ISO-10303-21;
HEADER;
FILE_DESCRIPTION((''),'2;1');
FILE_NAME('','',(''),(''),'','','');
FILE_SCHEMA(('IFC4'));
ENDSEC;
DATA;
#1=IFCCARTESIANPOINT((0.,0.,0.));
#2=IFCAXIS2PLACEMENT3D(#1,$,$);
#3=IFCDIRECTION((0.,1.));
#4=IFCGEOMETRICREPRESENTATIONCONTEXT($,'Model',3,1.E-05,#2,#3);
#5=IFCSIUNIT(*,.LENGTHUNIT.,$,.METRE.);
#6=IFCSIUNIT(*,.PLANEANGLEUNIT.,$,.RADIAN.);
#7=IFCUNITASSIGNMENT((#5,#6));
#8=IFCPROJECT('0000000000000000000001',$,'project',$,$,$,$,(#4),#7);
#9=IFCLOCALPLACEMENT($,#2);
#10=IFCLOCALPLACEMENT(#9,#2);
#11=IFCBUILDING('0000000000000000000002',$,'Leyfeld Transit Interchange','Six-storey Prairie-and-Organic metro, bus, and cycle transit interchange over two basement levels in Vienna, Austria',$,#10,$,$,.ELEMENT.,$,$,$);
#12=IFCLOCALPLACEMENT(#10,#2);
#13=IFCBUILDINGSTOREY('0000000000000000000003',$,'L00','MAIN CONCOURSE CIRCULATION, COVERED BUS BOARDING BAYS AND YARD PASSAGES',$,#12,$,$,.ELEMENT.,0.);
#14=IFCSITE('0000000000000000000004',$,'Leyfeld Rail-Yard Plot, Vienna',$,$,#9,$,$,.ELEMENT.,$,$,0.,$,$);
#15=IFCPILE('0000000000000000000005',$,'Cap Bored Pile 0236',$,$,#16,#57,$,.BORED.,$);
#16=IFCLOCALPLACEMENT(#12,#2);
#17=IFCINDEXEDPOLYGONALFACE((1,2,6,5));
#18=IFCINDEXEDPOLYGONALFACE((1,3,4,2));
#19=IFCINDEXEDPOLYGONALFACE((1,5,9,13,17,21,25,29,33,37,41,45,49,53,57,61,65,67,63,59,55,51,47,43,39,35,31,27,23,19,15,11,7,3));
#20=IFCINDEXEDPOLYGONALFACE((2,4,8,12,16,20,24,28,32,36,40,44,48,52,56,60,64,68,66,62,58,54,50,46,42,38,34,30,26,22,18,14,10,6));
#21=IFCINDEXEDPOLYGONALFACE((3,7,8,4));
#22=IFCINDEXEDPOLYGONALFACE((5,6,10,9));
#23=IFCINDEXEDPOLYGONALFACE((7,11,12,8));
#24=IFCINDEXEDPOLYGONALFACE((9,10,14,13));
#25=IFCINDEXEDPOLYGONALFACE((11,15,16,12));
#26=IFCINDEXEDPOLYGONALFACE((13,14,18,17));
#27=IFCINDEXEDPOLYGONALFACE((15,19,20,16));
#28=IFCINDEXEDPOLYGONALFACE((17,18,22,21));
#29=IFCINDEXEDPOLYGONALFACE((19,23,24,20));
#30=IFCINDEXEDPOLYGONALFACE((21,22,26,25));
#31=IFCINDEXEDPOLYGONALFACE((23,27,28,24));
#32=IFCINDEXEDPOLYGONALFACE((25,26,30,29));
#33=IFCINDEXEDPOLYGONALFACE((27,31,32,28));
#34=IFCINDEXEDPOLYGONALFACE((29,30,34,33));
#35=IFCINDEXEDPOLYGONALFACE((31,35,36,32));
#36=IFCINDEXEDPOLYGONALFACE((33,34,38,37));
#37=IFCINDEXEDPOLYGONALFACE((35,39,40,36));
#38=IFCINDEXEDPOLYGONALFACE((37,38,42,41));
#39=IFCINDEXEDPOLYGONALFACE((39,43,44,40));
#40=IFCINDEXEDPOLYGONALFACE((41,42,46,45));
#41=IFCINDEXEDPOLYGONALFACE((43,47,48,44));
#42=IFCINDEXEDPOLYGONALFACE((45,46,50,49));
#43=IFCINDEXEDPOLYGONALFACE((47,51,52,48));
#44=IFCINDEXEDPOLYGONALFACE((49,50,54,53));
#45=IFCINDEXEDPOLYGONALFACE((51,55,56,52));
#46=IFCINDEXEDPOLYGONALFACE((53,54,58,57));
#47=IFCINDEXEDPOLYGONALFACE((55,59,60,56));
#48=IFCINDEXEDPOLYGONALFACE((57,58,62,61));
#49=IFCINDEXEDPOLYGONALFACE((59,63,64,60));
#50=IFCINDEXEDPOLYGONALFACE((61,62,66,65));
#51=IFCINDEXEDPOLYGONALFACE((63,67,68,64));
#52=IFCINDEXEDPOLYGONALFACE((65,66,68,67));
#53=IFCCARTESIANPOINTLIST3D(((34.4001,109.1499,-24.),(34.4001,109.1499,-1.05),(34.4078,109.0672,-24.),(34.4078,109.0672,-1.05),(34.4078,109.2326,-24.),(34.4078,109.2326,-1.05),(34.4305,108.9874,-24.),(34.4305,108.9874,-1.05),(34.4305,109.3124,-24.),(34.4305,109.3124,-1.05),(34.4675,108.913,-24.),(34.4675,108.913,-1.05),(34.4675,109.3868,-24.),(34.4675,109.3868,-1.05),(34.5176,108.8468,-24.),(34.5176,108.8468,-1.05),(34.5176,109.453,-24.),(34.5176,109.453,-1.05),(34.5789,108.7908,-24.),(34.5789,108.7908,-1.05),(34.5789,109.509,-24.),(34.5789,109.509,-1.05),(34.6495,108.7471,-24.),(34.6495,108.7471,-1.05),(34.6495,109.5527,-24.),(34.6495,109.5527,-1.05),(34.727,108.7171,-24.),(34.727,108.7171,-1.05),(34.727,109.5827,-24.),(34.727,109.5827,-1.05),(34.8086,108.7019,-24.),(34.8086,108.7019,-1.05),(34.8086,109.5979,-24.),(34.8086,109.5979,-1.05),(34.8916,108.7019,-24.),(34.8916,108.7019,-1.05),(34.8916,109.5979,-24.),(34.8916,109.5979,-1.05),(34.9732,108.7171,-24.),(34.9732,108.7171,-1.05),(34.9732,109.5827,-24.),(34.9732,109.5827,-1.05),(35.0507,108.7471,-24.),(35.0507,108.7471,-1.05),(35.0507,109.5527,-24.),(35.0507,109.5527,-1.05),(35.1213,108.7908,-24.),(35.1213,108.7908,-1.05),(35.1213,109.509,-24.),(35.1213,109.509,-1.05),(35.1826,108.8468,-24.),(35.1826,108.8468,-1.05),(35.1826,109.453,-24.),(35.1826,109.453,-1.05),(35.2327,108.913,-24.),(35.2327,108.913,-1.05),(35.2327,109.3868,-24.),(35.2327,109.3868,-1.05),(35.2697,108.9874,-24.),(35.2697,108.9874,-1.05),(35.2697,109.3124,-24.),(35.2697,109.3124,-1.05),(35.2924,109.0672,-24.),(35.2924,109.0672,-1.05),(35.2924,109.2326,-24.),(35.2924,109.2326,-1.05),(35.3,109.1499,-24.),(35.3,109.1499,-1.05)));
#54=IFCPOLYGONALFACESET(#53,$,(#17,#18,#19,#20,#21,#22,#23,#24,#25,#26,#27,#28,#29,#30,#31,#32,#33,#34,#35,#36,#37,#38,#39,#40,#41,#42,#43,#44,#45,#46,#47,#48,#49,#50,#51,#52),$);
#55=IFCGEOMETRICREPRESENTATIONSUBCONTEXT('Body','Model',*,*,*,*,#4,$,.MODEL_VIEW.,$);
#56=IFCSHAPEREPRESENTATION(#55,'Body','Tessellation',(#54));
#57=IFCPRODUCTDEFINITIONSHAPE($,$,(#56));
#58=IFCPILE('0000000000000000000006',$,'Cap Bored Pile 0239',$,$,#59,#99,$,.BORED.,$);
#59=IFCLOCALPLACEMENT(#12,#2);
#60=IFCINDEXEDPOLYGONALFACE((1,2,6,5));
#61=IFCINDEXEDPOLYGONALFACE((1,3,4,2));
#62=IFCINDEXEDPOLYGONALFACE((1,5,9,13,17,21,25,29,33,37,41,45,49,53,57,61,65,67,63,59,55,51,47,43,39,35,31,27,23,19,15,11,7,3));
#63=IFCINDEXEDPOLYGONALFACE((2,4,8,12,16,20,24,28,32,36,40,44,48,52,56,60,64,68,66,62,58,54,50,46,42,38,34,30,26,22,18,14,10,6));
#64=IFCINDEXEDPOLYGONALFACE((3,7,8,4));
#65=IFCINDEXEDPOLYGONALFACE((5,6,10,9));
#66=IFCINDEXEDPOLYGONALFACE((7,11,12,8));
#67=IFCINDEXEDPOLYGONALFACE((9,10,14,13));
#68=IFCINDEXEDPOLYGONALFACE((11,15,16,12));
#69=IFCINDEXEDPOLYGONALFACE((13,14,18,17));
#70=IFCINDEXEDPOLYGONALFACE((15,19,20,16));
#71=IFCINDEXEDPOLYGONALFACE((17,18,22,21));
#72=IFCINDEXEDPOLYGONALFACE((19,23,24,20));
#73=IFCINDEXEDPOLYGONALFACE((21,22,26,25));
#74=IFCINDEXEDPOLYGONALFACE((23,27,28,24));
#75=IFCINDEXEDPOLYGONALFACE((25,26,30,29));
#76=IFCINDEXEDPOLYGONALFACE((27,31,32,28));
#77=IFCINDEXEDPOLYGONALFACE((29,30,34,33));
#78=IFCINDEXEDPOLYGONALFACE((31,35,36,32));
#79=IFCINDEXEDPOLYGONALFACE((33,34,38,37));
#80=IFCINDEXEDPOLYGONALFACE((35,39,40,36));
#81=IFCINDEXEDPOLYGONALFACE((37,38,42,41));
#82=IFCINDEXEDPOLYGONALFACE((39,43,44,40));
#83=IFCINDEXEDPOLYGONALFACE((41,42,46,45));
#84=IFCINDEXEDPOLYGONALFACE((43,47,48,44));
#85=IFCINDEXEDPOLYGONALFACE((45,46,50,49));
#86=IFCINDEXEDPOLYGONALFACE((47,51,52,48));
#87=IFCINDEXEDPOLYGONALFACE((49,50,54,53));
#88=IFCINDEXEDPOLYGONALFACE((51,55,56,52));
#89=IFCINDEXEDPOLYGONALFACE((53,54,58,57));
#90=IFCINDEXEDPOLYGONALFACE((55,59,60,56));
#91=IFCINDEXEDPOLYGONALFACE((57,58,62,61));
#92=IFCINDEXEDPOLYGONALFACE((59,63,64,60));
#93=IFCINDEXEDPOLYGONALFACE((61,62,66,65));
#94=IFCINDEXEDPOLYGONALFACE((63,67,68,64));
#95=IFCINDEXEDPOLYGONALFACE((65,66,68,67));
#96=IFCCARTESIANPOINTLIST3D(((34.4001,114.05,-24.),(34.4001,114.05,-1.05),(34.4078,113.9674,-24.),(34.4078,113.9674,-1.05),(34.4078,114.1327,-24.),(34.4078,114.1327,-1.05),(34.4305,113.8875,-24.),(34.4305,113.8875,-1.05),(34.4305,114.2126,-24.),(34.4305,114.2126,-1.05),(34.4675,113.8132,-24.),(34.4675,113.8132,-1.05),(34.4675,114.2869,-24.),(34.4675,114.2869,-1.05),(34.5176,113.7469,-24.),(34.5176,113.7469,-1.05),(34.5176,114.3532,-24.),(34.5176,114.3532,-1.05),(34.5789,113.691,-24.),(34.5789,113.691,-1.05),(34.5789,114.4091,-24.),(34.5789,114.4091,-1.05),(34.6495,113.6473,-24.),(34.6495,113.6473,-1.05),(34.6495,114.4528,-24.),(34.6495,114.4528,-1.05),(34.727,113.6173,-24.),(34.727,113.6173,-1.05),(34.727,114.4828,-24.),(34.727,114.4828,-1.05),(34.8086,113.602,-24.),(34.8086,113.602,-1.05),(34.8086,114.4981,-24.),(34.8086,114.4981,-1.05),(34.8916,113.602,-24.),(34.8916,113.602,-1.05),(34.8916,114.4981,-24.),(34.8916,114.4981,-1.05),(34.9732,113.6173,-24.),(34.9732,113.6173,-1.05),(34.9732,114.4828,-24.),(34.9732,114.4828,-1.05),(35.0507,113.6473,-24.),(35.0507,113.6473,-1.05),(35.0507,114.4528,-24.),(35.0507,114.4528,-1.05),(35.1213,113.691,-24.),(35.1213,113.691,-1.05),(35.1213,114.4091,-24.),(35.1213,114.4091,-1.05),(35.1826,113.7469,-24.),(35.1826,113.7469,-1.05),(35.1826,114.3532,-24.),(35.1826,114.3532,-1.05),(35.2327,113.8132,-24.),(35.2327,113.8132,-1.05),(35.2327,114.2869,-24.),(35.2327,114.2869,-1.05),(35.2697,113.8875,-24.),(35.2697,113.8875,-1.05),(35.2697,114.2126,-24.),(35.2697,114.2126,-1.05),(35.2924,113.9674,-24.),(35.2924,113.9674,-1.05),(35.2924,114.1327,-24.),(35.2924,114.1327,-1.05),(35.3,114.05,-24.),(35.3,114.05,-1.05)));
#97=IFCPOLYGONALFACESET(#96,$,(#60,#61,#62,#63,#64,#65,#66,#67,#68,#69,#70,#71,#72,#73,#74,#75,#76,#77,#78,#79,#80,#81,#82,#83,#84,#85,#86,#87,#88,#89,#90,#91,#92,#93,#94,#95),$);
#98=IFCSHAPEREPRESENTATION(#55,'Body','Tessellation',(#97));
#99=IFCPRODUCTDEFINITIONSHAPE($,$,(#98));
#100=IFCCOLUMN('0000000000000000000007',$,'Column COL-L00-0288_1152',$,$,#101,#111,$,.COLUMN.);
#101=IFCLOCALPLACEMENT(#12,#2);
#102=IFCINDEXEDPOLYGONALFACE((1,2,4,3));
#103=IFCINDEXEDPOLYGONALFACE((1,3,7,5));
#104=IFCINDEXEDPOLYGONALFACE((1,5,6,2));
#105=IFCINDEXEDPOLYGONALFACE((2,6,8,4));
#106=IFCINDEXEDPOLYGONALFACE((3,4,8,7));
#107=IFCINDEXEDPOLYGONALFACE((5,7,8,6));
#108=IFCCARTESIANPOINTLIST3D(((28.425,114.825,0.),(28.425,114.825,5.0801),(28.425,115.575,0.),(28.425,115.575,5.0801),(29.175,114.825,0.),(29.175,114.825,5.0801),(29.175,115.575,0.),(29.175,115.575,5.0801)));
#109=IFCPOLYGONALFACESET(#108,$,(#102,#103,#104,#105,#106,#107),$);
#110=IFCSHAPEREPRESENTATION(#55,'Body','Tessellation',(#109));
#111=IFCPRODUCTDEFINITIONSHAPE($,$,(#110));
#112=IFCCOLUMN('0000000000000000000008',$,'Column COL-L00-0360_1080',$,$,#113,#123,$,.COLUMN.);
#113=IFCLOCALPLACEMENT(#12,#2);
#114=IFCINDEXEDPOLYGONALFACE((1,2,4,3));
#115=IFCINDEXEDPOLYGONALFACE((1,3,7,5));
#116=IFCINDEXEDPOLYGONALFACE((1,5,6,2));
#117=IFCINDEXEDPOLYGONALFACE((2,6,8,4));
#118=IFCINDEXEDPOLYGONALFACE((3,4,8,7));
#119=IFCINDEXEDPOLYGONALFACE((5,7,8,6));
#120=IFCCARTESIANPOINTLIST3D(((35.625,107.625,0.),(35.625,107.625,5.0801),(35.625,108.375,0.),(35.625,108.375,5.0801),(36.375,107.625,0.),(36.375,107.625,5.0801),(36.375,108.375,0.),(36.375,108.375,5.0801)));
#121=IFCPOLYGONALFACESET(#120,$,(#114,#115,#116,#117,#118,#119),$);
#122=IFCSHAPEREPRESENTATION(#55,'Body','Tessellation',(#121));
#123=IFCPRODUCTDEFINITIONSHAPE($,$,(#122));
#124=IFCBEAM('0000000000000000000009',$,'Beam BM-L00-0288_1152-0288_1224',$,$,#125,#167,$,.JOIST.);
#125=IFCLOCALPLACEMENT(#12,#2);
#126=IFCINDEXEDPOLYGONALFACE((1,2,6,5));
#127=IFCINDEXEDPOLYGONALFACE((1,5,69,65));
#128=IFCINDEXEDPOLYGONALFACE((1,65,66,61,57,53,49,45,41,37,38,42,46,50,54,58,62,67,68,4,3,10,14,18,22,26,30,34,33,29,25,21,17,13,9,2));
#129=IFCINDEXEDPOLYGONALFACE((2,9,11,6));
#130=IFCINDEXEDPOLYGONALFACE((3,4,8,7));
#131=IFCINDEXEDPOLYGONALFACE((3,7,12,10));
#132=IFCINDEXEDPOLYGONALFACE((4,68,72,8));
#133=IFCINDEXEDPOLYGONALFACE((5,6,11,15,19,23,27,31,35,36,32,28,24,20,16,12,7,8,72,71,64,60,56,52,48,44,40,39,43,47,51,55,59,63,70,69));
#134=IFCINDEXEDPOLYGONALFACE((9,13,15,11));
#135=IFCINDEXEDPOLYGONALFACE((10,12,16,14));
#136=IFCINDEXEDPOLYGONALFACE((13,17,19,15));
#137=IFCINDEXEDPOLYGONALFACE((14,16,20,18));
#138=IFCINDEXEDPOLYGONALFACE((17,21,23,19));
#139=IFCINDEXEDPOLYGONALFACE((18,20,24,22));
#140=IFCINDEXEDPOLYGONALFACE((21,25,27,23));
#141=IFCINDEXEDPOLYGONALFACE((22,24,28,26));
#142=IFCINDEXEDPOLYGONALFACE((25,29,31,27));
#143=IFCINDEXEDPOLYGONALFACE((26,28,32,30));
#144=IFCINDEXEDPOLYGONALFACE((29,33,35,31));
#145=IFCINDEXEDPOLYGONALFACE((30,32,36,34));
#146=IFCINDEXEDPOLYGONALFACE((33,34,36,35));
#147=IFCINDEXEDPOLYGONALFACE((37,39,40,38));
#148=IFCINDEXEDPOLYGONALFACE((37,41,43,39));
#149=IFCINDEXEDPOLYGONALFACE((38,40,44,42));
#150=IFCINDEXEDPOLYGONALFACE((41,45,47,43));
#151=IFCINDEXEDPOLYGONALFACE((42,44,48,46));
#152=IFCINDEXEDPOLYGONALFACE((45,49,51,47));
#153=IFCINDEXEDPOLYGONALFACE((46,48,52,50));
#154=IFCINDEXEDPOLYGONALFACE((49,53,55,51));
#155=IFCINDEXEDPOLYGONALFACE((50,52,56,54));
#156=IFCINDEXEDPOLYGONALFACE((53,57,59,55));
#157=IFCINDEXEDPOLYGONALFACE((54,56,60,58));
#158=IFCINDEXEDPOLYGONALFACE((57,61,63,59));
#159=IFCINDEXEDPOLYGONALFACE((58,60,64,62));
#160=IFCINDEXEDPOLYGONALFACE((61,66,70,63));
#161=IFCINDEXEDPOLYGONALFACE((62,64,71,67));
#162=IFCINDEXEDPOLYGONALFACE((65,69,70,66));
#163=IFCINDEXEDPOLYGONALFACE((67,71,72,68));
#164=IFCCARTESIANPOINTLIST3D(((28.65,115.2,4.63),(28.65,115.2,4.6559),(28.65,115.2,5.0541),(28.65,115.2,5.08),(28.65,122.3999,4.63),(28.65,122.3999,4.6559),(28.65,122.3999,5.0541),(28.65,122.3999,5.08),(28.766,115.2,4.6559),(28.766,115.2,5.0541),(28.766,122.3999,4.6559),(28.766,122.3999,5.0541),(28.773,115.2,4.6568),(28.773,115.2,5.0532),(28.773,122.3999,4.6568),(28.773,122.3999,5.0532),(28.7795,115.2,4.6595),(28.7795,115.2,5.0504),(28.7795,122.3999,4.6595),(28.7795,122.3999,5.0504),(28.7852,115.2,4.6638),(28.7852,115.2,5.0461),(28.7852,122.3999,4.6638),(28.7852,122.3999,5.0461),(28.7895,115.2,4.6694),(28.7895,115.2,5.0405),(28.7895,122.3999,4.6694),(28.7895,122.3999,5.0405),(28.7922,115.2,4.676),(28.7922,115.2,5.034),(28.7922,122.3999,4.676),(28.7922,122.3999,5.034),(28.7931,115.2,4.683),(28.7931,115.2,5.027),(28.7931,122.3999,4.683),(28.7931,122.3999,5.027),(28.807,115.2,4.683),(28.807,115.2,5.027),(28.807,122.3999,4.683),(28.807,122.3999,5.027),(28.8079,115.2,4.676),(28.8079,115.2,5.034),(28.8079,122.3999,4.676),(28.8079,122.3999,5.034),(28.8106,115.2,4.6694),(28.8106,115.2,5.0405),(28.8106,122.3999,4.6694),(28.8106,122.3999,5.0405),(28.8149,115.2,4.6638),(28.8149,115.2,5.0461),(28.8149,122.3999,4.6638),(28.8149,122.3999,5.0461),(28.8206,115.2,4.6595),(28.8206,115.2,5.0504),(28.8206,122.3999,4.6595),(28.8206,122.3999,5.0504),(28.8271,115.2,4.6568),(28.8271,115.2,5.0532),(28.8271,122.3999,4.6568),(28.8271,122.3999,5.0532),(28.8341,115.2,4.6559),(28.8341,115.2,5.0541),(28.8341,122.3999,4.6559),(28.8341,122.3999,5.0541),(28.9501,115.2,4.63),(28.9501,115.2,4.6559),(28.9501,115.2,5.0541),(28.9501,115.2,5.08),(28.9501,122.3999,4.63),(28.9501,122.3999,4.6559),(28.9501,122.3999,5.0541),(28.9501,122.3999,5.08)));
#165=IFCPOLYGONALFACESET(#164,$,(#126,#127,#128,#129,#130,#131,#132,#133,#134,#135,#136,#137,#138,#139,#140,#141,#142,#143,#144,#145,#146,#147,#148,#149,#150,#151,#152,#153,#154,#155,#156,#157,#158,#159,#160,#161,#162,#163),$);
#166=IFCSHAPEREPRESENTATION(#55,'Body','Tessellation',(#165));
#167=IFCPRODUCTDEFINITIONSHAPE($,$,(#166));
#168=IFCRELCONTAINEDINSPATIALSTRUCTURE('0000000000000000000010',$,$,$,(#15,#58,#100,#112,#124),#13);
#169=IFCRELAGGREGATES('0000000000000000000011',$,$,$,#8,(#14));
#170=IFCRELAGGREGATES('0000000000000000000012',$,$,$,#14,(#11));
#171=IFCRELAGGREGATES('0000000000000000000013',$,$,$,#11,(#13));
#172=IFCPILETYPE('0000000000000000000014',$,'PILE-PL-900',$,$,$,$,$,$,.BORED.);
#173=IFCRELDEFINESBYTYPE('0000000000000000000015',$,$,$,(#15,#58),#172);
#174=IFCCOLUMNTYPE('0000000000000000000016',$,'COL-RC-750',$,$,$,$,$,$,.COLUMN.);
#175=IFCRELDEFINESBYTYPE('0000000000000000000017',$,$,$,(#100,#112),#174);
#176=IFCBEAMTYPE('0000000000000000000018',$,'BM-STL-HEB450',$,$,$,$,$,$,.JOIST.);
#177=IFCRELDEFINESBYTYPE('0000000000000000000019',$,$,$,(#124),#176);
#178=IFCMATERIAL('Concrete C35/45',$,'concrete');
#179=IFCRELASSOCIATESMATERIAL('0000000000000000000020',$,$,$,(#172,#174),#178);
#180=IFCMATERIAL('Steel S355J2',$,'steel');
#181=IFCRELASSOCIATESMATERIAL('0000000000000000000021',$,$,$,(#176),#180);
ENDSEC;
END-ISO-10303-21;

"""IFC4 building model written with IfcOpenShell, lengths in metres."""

from ifc_helpers import new_model, si_unit, direction, frame, origin, origin_2d, place, context, subcontext, project, spatial, rectangle, circle, i_section, extrude, material, material_profile, profile_set, type_object, element, save


model = new_model("IFC4")

# Units and contexts
model_context = context("Model", 3, precision=1e-05, world=origin(), true_north=direction((0.0, 1.0)))
body_context = subcontext(model_context, "Body", "Model", "MODEL_VIEW")
ifc_project = project(units=[si_unit("LENGTHUNIT", "METRE"), si_unit("PLANEANGLEUNIT", "RADIAN")], contexts=[model_context])

# Site, building, storey
site_placement = place(None, origin())
site = spatial("IfcSite", under=ifc_project, at=site_placement, Name="Leyfeld Rail-Yard Plot, Vienna", CompositionType="ELEMENT", RefElevation=0.0)
building_placement = place(site_placement, origin())
building = spatial("IfcBuilding", under=site, at=building_placement, Name="Leyfeld Transit Interchange", Description="Six-storey Prairie-and-Organic metro, bus, and cycle transit interchange over two basement levels in Vienna, Austria", CompositionType="ELEMENT")
storey_placement = place(building_placement, origin())
storey = spatial("IfcBuildingStorey", under=building, at=storey_placement, Name="L00", Description="MAIN CONCOURSE CIRCULATION, COVERED BUS BOARDING BAYS AND YARD PASSAGES", CompositionType="ELEMENT", Elevation=0.0)

# Shared definitions
ifc_material_1 = material(Name="Concrete C35/45", Category="concrete")

# Piles
ifc_material_profile_1 = material_profile(ifc_material_1, circle(Radius=0.45, at=origin_2d()), Name="PILE D900")
ifc_profile_set_1 = profile_set([ifc_material_profile_1], Name="Concrete C35/45")
pile_type = type_object("IfcPileType", Name="PILE-PL-900", PredefinedType="BORED", material=ifc_profile_set_1)
for number, where, z_axis, x_axis, name in (
    (1, (34.8501, 109.1499, -1.05), (0.0, 0.0, -1.0), (1.0, 0.0, 0.0), "Cap Bored Pile 0236"),
    (2, (34.8501, 114.05, -1.05), (0.0, 0.0, -1.0), (1.0, 0.0, 0.0), "Cap Bored Pile 0239"),
):
    element("IfcPile", number, at=place(storey_placement, frame(where, z_axis=z_axis, x_axis=x_axis)), inside=storey, type_object=pile_type, Name=name, PredefinedType="BORED", context=body_context, shape_type="SweptSolid", body=[
        extrude(circle(Radius=0.45, at=origin_2d()), origin(), (0.0, 0.0, 1.0), 22.95),
    ])

# Columns
ifc_material_profile_2 = material_profile(ifc_material_1, rectangle(XDim=0.75, YDim=0.75, at=origin_2d()), Name="RC 750x750")
ifc_profile_set_2 = profile_set([ifc_material_profile_2], Name="Concrete C35/45")
column_type = type_object("IfcColumnType", Name="COL-RC-750", PredefinedType="COLUMN", material=ifc_profile_set_2)
for number, where, z_axis, x_axis, name in (
    (3, (28.8, 115.2, 0.0), (0.0, 0.0, 1.0), (1.0, 0.0, 0.0), "Column COL-L00-0288_1152"),
    (4, (36.0, 108.0, 0.0), (0.0, 0.0, 1.0), (1.0, 0.0, 0.0), "Column COL-L00-0360_1080"),
):
    element("IfcColumn", number, at=place(storey_placement, frame(where, z_axis=z_axis, x_axis=x_axis)), inside=storey, type_object=column_type, Name=name, PredefinedType="COLUMN", context=body_context, shape_type="SweptSolid", body=[
        extrude(rectangle(XDim=0.75, YDim=0.75, at=origin_2d()), origin(), (0.0, 0.0, 1.0), 5.0801),
    ])

# Beam
ifc_material_2 = material(Name="Steel S355J2", Category="steel")
ifc_material_profile_3 = material_profile(ifc_material_2, i_section(OverallWidth=0.3, OverallDepth=0.45, WebThickness=0.0139, FlangeThickness=0.0259, FilletRadius=0.0271, at=origin_2d()), Name="HEB 450")
ifc_profile_set_3 = profile_set([ifc_material_profile_3], Name="Steel S355J2")
beam_type_1 = type_object("IfcBeamType", Name="BM-STL-HEB450", PredefinedType="JOIST", material=ifc_profile_set_3)
for number, where, z_axis, x_axis, name in (
    (5, (28.8, 115.2, 4.855), (0.0, 1.0, 0.0), (-1.0, 0.0, 0.0), "Beam BM-L00-0288_1152-0288_1224"),
):
    element("IfcBeam", number, at=place(storey_placement, frame(where, z_axis=z_axis, x_axis=x_axis)), inside=storey, type_object=beam_type_1, Name=name, PredefinedType="JOIST", context=body_context, shape_type="SweptSolid", body=[
        extrude(i_section(OverallWidth=0.3, OverallDepth=0.45, WebThickness=0.0139, FlangeThickness=0.0259, FilletRadius=0.0271, at=origin_2d()), origin(), (0.0, 0.0, 1.0), 7.2),
    ])

save(model, "model.ifc")
